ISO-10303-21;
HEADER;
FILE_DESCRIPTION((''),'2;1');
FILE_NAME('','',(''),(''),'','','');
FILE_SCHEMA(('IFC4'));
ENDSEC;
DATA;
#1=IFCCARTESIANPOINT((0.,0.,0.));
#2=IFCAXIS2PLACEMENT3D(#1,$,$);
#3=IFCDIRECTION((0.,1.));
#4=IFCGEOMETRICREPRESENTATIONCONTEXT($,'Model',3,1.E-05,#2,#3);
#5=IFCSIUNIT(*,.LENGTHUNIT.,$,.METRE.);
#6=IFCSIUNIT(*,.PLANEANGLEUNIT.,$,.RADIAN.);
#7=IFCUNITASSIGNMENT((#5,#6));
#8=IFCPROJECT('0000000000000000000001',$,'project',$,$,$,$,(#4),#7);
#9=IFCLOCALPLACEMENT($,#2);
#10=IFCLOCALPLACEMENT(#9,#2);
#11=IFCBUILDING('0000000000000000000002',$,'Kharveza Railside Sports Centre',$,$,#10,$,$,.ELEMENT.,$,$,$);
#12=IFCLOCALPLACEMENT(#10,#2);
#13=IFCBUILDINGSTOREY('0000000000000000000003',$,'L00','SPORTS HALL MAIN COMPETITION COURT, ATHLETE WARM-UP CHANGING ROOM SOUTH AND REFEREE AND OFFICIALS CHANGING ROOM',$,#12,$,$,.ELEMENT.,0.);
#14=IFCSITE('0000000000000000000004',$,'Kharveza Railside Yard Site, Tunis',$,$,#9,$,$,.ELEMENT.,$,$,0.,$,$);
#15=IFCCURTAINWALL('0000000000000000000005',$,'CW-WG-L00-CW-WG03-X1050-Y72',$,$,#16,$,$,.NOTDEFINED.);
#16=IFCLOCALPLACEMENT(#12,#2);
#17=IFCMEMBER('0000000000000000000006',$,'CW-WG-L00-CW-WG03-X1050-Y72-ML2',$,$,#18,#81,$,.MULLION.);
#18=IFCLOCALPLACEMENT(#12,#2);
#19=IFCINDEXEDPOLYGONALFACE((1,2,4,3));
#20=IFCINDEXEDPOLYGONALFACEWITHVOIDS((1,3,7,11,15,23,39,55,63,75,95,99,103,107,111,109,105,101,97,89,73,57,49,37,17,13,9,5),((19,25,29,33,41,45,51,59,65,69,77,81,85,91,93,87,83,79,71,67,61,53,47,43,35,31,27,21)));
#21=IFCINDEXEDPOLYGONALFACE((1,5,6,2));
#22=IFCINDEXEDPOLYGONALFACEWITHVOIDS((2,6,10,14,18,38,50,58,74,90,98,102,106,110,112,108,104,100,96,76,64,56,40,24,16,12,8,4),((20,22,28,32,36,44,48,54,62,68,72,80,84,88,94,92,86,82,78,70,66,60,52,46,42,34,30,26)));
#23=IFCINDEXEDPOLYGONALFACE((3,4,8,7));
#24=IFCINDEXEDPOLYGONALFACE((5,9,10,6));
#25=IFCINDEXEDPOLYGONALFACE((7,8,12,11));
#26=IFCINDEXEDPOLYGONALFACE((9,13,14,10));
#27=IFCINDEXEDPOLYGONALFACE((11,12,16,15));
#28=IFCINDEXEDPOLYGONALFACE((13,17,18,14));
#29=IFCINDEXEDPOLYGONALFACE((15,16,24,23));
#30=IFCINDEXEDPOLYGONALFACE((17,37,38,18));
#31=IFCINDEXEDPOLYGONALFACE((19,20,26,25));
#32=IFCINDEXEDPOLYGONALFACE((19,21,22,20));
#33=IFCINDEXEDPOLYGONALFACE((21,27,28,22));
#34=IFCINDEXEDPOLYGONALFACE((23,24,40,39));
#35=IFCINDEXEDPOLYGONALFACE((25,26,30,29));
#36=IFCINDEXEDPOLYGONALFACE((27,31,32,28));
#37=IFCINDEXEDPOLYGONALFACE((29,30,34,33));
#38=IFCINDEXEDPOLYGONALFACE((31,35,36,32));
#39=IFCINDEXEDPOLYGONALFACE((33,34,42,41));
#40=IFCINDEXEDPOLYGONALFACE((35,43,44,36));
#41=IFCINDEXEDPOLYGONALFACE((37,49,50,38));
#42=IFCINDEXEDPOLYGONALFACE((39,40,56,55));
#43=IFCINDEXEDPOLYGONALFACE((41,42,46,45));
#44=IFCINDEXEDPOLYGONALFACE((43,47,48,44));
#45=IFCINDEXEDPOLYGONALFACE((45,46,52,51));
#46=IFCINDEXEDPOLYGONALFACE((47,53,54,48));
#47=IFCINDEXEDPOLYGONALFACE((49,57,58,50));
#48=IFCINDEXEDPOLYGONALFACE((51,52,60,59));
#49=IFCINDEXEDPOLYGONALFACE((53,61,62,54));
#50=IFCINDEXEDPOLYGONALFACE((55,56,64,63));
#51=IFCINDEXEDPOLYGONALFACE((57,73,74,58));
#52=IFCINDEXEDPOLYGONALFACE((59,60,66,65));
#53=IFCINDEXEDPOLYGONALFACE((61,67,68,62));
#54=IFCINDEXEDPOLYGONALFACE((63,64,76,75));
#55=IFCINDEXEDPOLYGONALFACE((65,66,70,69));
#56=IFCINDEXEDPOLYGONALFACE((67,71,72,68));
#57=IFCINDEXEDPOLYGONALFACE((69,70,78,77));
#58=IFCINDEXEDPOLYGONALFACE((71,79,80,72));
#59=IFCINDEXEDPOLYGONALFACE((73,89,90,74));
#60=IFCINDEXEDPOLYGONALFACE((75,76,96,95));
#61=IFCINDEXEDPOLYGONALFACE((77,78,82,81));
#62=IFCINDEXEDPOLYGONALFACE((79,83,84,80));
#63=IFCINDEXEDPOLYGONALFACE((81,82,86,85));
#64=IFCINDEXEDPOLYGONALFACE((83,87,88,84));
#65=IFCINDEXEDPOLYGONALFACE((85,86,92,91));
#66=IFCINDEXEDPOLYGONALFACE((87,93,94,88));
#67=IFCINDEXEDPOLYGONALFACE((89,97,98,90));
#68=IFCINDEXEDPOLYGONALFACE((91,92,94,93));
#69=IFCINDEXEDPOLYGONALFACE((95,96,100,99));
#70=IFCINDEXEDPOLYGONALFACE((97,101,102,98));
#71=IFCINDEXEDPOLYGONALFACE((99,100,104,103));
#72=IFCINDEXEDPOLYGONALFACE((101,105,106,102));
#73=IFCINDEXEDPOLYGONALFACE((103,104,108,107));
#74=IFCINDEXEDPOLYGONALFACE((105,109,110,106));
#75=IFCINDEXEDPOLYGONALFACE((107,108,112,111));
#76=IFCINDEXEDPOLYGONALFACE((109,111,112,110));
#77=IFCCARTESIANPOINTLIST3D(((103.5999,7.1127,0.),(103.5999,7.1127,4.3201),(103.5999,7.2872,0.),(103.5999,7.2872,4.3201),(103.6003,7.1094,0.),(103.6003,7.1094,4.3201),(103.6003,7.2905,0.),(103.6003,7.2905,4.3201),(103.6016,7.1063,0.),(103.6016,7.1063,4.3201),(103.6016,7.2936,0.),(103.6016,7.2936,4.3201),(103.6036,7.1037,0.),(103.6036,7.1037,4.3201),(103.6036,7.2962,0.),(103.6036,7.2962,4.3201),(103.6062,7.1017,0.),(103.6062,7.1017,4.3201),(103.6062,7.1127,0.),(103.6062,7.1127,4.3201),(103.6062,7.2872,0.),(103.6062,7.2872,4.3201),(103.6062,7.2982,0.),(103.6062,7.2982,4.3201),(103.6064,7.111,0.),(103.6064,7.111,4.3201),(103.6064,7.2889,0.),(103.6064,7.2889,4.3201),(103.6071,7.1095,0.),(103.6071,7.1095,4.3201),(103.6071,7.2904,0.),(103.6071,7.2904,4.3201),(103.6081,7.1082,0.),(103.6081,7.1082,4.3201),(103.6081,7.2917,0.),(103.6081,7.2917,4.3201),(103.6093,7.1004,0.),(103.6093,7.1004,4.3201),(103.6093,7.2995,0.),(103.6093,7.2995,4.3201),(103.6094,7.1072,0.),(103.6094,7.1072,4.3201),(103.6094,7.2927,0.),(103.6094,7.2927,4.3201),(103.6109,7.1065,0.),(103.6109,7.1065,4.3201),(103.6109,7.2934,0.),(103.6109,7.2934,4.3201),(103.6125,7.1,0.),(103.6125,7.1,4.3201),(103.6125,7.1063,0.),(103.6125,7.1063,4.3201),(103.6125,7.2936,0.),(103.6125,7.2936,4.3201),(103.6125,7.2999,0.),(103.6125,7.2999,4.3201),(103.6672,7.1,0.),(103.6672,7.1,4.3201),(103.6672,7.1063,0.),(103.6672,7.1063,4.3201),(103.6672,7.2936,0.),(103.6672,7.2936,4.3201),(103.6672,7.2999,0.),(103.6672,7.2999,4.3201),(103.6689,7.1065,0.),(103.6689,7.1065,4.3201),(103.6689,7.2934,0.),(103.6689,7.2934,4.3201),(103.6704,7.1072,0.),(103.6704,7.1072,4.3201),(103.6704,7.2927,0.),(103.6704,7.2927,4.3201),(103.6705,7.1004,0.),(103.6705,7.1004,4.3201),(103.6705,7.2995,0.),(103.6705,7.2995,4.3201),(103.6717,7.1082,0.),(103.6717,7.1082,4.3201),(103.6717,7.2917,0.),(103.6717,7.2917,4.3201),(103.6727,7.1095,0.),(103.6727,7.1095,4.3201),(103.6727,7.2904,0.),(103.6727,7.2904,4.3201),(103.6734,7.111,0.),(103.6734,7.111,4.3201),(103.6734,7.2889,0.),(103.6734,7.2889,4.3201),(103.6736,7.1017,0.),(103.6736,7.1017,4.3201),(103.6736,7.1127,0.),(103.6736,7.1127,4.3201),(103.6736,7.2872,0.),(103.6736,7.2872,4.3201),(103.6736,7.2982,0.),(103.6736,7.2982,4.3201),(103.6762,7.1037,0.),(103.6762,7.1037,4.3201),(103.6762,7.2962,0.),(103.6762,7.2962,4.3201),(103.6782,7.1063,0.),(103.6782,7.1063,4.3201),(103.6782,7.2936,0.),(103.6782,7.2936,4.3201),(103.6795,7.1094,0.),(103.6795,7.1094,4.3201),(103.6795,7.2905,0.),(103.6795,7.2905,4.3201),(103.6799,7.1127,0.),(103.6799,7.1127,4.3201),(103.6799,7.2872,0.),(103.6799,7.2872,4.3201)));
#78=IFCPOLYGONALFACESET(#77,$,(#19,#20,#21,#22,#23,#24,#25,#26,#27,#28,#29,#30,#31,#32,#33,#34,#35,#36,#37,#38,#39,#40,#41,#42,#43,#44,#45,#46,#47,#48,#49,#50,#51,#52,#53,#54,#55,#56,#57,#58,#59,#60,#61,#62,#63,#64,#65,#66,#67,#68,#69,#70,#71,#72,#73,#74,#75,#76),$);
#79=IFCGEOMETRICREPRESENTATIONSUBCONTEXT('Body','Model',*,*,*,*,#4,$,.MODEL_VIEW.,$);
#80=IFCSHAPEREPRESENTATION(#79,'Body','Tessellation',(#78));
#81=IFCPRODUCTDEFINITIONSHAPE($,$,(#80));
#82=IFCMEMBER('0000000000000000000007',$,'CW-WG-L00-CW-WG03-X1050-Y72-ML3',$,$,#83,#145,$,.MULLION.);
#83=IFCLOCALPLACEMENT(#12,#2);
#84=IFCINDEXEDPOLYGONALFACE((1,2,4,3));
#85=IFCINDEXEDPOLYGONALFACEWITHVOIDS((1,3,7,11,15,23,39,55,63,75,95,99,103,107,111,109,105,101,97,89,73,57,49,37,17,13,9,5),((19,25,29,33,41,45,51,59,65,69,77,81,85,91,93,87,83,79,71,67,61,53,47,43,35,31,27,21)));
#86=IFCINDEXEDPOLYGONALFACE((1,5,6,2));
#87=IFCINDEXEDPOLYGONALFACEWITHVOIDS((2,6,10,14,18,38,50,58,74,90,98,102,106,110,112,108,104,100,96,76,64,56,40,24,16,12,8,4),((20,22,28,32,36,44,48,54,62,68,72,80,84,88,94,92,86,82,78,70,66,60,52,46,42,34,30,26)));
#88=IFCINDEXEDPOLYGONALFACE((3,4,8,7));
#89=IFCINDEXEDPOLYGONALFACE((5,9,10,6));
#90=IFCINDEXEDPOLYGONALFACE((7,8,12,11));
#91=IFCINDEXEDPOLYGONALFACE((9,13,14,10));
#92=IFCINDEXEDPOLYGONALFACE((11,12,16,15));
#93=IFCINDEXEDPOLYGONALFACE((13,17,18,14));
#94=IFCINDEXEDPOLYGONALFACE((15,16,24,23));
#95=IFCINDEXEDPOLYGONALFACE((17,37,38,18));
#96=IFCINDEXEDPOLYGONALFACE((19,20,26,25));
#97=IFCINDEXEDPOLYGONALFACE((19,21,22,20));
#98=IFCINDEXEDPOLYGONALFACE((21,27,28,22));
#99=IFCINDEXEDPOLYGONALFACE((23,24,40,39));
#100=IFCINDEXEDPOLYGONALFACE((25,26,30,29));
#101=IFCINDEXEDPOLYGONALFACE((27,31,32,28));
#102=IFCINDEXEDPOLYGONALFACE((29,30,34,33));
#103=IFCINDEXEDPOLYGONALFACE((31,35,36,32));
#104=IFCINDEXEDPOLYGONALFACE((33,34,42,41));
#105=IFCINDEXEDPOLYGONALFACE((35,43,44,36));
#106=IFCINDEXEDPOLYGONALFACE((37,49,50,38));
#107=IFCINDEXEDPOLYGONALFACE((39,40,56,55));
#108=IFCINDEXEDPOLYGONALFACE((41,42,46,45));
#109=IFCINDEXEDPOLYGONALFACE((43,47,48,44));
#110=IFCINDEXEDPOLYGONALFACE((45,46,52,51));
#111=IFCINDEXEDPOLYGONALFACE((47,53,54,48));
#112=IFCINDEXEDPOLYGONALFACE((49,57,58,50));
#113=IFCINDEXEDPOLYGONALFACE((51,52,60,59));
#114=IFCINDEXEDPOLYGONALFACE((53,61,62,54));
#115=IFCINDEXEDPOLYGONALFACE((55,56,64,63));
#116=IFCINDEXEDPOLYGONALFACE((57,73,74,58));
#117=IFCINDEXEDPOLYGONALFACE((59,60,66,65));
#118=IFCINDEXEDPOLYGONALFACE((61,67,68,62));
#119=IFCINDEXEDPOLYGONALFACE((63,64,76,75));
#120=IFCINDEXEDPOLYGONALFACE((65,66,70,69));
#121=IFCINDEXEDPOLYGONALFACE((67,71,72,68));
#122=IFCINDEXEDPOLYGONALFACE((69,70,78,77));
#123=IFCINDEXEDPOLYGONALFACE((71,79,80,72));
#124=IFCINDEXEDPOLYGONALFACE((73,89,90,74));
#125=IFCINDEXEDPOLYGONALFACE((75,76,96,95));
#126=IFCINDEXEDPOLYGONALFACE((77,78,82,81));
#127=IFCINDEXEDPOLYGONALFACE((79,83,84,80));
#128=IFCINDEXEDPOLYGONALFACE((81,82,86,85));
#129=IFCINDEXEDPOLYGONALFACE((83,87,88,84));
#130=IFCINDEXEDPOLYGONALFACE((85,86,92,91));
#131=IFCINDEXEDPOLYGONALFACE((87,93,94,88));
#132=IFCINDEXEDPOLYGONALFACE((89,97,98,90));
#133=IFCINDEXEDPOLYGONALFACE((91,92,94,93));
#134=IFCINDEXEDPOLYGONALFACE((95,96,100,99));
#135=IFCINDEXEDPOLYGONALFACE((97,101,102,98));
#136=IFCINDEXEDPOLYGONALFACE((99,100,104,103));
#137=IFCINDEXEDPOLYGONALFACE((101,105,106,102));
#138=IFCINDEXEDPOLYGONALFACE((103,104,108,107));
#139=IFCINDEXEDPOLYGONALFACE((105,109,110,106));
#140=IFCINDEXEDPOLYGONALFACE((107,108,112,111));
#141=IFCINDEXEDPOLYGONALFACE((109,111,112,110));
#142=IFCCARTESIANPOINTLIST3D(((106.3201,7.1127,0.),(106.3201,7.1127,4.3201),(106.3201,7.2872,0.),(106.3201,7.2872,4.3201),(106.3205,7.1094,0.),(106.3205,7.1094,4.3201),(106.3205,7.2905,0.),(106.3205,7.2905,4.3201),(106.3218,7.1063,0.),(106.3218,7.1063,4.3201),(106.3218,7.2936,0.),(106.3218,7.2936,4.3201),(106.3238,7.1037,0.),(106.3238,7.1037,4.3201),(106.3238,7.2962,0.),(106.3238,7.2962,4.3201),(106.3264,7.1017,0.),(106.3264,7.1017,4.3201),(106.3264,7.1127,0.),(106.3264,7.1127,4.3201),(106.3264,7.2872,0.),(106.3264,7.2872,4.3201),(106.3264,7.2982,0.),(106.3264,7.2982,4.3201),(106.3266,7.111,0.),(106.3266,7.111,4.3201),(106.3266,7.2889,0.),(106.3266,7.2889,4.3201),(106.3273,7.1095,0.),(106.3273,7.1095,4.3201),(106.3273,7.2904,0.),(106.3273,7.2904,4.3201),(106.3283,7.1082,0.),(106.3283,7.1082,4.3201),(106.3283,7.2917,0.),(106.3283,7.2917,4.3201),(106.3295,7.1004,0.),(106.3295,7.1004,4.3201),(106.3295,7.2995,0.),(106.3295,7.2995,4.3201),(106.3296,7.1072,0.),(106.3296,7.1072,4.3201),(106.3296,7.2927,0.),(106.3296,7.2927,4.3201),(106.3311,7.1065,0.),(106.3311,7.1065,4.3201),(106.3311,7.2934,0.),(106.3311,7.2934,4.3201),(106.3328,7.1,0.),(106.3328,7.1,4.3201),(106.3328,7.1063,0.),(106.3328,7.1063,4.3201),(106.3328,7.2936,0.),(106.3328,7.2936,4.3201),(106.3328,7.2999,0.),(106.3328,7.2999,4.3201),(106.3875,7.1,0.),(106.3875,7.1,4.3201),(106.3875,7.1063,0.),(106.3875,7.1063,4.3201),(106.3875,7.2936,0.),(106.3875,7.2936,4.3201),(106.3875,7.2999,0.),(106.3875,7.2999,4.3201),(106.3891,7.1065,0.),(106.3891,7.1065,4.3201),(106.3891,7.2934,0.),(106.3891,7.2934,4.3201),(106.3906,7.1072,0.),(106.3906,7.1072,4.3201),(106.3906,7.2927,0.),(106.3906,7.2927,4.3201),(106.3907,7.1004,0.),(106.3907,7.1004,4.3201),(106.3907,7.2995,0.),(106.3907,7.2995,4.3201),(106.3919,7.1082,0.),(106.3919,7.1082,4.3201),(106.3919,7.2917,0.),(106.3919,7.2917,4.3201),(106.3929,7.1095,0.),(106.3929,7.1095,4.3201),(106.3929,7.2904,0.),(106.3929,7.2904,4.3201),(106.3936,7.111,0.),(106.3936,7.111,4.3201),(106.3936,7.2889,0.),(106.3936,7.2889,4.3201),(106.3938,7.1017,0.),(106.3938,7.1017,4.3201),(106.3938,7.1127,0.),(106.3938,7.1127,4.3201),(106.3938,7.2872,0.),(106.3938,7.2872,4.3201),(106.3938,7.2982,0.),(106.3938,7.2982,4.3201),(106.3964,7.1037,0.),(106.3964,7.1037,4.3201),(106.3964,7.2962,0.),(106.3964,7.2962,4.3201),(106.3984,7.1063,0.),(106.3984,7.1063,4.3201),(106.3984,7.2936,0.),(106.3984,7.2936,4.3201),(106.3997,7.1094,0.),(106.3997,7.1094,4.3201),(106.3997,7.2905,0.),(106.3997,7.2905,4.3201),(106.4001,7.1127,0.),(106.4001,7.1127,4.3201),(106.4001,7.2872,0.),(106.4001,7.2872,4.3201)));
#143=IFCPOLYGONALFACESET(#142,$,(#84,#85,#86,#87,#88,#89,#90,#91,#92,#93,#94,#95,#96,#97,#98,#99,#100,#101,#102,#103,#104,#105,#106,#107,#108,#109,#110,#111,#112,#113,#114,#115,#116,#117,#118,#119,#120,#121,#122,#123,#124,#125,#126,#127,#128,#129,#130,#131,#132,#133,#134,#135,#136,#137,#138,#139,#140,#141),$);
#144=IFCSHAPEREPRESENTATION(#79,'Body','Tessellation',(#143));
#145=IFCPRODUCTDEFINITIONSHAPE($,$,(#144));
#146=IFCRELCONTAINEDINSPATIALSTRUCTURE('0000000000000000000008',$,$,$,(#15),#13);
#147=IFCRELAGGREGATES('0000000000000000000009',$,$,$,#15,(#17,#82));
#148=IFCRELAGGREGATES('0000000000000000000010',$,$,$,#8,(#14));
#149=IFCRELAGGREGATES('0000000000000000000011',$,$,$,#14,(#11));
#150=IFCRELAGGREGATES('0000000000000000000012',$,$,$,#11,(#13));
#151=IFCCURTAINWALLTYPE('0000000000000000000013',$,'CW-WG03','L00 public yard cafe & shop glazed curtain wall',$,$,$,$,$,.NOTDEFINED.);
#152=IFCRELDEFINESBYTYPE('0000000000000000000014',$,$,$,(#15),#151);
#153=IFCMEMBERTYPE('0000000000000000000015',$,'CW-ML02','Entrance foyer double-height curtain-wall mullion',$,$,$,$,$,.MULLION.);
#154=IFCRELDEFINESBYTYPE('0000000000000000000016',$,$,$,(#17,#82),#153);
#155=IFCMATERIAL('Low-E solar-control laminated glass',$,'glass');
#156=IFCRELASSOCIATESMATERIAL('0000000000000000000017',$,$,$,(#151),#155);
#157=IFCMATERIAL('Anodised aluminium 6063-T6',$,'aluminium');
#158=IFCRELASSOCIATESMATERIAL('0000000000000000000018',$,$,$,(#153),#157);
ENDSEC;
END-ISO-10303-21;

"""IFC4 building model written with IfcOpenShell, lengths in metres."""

from ifc_helpers import new_model, si_unit, direction, frame, origin, origin_2d, place, context, subcontext, project, spatial, hollow_rectangle, extrude, material, material_profile, profile_set, type_object, element, aggregate, save


model = new_model("IFC4")

# Units and contexts
model_context = context("Model", 3, precision=1e-05, world=origin(), true_north=direction((0.0, 1.0)))
body_context = subcontext(model_context, "Body", "Model", "MODEL_VIEW")
ifc_project = project(units=[si_unit("LENGTHUNIT", "METRE"), si_unit("PLANEANGLEUNIT", "RADIAN")], contexts=[model_context])

# Site, building, storey
site_placement = place(None, origin())
site = spatial("IfcSite", under=ifc_project, at=site_placement, Name="Kharveza Railside Yard Site, Tunis", CompositionType="ELEMENT", RefElevation=0.0)
building_placement = place(site_placement, origin())
building = spatial("IfcBuilding", under=site, at=building_placement, Name="Kharveza Railside Sports Centre", CompositionType="ELEMENT")
storey_placement = place(building_placement, origin())
storey = spatial("IfcBuildingStorey", under=building, at=storey_placement, Name="L00", Description="SPORTS HALL MAIN COMPETITION COURT, ATHLETE WARM-UP CHANGING ROOM SOUTH AND REFEREE AND OFFICIALS CHANGING ROOM", CompositionType="ELEMENT", Elevation=0.0)

# Curtain wall, members
ifc_material_1 = material(Name="Low-E solar-control laminated glass", Category="glass")
curtain_wall_type = type_object("IfcCurtainWallType", Name="CW-WG03", Description="L00 public yard cafe & shop glazed curtain wall", PredefinedType="NOTDEFINED", material=ifc_material_1)
curtain_wall_placement = place(storey_placement, origin())
curtain_wall = element("IfcCurtainWall", 1, at=curtain_wall_placement, inside=storey, type_object=curtain_wall_type, Name="CW-WG-L00-CW-WG03-X1050-Y72", PredefinedType="NOTDEFINED")
ifc_material_2 = material(Name="Anodised aluminium 6063-T6", Category="aluminium")
ifc_material_profile_1 = material_profile(ifc_material_2, hollow_rectangle(XDim=0.0801, YDim=0.2, WallThickness=0.0063, InnerFilletRadius=0.0063, OuterFilletRadius=0.0127, at=origin_2d()), Name="RHS 80x200x6.3")
ifc_profile_set_1 = profile_set([ifc_material_profile_1], Name="Anodised aluminium 6063-T6")
member_type = type_object("IfcMemberType", Name="CW-ML02", Description="Entrance foyer double-height curtain-wall mullion", PredefinedType="MULLION", material=ifc_profile_set_1)
member_1_placement = place(storey_placement, frame((103.6399, 7.2, 0.0), z_axis=(0.0, 0.0, 1.0), x_axis=(1.0, 0.0, 0.0)))
member_1 = element("IfcMember", 2, at=member_1_placement, type_object=member_type, Name="CW-WG-L00-CW-WG03-X1050-Y72-ML2", PredefinedType="MULLION", context=body_context, shape_type="SweptSolid", body=[
    extrude(hollow_rectangle(XDim=0.0801, YDim=0.2, WallThickness=0.0063, InnerFilletRadius=0.0063, OuterFilletRadius=0.0127, at=origin_2d()), origin(), (0.0, 0.0, 1.0), 4.3201),
])
member_2_placement = place(storey_placement, frame((106.3601, 7.2, 0.0), z_axis=(0.0, 0.0, 1.0), x_axis=(1.0, 0.0, 0.0)))
member_2 = element("IfcMember", 3, at=member_2_placement, type_object=member_type, Name="CW-WG-L00-CW-WG03-X1050-Y72-ML3", PredefinedType="MULLION", context=body_context, shape_type="SweptSolid", body=[
    extrude(hollow_rectangle(XDim=0.0801, YDim=0.2, WallThickness=0.0063, InnerFilletRadius=0.0063, OuterFilletRadius=0.0127, at=origin_2d()), origin(), (0.0, 0.0, 1.0), 4.3201),
])
aggregate(curtain_wall, [member_1, member_2])

save(model, "model.ifc")
